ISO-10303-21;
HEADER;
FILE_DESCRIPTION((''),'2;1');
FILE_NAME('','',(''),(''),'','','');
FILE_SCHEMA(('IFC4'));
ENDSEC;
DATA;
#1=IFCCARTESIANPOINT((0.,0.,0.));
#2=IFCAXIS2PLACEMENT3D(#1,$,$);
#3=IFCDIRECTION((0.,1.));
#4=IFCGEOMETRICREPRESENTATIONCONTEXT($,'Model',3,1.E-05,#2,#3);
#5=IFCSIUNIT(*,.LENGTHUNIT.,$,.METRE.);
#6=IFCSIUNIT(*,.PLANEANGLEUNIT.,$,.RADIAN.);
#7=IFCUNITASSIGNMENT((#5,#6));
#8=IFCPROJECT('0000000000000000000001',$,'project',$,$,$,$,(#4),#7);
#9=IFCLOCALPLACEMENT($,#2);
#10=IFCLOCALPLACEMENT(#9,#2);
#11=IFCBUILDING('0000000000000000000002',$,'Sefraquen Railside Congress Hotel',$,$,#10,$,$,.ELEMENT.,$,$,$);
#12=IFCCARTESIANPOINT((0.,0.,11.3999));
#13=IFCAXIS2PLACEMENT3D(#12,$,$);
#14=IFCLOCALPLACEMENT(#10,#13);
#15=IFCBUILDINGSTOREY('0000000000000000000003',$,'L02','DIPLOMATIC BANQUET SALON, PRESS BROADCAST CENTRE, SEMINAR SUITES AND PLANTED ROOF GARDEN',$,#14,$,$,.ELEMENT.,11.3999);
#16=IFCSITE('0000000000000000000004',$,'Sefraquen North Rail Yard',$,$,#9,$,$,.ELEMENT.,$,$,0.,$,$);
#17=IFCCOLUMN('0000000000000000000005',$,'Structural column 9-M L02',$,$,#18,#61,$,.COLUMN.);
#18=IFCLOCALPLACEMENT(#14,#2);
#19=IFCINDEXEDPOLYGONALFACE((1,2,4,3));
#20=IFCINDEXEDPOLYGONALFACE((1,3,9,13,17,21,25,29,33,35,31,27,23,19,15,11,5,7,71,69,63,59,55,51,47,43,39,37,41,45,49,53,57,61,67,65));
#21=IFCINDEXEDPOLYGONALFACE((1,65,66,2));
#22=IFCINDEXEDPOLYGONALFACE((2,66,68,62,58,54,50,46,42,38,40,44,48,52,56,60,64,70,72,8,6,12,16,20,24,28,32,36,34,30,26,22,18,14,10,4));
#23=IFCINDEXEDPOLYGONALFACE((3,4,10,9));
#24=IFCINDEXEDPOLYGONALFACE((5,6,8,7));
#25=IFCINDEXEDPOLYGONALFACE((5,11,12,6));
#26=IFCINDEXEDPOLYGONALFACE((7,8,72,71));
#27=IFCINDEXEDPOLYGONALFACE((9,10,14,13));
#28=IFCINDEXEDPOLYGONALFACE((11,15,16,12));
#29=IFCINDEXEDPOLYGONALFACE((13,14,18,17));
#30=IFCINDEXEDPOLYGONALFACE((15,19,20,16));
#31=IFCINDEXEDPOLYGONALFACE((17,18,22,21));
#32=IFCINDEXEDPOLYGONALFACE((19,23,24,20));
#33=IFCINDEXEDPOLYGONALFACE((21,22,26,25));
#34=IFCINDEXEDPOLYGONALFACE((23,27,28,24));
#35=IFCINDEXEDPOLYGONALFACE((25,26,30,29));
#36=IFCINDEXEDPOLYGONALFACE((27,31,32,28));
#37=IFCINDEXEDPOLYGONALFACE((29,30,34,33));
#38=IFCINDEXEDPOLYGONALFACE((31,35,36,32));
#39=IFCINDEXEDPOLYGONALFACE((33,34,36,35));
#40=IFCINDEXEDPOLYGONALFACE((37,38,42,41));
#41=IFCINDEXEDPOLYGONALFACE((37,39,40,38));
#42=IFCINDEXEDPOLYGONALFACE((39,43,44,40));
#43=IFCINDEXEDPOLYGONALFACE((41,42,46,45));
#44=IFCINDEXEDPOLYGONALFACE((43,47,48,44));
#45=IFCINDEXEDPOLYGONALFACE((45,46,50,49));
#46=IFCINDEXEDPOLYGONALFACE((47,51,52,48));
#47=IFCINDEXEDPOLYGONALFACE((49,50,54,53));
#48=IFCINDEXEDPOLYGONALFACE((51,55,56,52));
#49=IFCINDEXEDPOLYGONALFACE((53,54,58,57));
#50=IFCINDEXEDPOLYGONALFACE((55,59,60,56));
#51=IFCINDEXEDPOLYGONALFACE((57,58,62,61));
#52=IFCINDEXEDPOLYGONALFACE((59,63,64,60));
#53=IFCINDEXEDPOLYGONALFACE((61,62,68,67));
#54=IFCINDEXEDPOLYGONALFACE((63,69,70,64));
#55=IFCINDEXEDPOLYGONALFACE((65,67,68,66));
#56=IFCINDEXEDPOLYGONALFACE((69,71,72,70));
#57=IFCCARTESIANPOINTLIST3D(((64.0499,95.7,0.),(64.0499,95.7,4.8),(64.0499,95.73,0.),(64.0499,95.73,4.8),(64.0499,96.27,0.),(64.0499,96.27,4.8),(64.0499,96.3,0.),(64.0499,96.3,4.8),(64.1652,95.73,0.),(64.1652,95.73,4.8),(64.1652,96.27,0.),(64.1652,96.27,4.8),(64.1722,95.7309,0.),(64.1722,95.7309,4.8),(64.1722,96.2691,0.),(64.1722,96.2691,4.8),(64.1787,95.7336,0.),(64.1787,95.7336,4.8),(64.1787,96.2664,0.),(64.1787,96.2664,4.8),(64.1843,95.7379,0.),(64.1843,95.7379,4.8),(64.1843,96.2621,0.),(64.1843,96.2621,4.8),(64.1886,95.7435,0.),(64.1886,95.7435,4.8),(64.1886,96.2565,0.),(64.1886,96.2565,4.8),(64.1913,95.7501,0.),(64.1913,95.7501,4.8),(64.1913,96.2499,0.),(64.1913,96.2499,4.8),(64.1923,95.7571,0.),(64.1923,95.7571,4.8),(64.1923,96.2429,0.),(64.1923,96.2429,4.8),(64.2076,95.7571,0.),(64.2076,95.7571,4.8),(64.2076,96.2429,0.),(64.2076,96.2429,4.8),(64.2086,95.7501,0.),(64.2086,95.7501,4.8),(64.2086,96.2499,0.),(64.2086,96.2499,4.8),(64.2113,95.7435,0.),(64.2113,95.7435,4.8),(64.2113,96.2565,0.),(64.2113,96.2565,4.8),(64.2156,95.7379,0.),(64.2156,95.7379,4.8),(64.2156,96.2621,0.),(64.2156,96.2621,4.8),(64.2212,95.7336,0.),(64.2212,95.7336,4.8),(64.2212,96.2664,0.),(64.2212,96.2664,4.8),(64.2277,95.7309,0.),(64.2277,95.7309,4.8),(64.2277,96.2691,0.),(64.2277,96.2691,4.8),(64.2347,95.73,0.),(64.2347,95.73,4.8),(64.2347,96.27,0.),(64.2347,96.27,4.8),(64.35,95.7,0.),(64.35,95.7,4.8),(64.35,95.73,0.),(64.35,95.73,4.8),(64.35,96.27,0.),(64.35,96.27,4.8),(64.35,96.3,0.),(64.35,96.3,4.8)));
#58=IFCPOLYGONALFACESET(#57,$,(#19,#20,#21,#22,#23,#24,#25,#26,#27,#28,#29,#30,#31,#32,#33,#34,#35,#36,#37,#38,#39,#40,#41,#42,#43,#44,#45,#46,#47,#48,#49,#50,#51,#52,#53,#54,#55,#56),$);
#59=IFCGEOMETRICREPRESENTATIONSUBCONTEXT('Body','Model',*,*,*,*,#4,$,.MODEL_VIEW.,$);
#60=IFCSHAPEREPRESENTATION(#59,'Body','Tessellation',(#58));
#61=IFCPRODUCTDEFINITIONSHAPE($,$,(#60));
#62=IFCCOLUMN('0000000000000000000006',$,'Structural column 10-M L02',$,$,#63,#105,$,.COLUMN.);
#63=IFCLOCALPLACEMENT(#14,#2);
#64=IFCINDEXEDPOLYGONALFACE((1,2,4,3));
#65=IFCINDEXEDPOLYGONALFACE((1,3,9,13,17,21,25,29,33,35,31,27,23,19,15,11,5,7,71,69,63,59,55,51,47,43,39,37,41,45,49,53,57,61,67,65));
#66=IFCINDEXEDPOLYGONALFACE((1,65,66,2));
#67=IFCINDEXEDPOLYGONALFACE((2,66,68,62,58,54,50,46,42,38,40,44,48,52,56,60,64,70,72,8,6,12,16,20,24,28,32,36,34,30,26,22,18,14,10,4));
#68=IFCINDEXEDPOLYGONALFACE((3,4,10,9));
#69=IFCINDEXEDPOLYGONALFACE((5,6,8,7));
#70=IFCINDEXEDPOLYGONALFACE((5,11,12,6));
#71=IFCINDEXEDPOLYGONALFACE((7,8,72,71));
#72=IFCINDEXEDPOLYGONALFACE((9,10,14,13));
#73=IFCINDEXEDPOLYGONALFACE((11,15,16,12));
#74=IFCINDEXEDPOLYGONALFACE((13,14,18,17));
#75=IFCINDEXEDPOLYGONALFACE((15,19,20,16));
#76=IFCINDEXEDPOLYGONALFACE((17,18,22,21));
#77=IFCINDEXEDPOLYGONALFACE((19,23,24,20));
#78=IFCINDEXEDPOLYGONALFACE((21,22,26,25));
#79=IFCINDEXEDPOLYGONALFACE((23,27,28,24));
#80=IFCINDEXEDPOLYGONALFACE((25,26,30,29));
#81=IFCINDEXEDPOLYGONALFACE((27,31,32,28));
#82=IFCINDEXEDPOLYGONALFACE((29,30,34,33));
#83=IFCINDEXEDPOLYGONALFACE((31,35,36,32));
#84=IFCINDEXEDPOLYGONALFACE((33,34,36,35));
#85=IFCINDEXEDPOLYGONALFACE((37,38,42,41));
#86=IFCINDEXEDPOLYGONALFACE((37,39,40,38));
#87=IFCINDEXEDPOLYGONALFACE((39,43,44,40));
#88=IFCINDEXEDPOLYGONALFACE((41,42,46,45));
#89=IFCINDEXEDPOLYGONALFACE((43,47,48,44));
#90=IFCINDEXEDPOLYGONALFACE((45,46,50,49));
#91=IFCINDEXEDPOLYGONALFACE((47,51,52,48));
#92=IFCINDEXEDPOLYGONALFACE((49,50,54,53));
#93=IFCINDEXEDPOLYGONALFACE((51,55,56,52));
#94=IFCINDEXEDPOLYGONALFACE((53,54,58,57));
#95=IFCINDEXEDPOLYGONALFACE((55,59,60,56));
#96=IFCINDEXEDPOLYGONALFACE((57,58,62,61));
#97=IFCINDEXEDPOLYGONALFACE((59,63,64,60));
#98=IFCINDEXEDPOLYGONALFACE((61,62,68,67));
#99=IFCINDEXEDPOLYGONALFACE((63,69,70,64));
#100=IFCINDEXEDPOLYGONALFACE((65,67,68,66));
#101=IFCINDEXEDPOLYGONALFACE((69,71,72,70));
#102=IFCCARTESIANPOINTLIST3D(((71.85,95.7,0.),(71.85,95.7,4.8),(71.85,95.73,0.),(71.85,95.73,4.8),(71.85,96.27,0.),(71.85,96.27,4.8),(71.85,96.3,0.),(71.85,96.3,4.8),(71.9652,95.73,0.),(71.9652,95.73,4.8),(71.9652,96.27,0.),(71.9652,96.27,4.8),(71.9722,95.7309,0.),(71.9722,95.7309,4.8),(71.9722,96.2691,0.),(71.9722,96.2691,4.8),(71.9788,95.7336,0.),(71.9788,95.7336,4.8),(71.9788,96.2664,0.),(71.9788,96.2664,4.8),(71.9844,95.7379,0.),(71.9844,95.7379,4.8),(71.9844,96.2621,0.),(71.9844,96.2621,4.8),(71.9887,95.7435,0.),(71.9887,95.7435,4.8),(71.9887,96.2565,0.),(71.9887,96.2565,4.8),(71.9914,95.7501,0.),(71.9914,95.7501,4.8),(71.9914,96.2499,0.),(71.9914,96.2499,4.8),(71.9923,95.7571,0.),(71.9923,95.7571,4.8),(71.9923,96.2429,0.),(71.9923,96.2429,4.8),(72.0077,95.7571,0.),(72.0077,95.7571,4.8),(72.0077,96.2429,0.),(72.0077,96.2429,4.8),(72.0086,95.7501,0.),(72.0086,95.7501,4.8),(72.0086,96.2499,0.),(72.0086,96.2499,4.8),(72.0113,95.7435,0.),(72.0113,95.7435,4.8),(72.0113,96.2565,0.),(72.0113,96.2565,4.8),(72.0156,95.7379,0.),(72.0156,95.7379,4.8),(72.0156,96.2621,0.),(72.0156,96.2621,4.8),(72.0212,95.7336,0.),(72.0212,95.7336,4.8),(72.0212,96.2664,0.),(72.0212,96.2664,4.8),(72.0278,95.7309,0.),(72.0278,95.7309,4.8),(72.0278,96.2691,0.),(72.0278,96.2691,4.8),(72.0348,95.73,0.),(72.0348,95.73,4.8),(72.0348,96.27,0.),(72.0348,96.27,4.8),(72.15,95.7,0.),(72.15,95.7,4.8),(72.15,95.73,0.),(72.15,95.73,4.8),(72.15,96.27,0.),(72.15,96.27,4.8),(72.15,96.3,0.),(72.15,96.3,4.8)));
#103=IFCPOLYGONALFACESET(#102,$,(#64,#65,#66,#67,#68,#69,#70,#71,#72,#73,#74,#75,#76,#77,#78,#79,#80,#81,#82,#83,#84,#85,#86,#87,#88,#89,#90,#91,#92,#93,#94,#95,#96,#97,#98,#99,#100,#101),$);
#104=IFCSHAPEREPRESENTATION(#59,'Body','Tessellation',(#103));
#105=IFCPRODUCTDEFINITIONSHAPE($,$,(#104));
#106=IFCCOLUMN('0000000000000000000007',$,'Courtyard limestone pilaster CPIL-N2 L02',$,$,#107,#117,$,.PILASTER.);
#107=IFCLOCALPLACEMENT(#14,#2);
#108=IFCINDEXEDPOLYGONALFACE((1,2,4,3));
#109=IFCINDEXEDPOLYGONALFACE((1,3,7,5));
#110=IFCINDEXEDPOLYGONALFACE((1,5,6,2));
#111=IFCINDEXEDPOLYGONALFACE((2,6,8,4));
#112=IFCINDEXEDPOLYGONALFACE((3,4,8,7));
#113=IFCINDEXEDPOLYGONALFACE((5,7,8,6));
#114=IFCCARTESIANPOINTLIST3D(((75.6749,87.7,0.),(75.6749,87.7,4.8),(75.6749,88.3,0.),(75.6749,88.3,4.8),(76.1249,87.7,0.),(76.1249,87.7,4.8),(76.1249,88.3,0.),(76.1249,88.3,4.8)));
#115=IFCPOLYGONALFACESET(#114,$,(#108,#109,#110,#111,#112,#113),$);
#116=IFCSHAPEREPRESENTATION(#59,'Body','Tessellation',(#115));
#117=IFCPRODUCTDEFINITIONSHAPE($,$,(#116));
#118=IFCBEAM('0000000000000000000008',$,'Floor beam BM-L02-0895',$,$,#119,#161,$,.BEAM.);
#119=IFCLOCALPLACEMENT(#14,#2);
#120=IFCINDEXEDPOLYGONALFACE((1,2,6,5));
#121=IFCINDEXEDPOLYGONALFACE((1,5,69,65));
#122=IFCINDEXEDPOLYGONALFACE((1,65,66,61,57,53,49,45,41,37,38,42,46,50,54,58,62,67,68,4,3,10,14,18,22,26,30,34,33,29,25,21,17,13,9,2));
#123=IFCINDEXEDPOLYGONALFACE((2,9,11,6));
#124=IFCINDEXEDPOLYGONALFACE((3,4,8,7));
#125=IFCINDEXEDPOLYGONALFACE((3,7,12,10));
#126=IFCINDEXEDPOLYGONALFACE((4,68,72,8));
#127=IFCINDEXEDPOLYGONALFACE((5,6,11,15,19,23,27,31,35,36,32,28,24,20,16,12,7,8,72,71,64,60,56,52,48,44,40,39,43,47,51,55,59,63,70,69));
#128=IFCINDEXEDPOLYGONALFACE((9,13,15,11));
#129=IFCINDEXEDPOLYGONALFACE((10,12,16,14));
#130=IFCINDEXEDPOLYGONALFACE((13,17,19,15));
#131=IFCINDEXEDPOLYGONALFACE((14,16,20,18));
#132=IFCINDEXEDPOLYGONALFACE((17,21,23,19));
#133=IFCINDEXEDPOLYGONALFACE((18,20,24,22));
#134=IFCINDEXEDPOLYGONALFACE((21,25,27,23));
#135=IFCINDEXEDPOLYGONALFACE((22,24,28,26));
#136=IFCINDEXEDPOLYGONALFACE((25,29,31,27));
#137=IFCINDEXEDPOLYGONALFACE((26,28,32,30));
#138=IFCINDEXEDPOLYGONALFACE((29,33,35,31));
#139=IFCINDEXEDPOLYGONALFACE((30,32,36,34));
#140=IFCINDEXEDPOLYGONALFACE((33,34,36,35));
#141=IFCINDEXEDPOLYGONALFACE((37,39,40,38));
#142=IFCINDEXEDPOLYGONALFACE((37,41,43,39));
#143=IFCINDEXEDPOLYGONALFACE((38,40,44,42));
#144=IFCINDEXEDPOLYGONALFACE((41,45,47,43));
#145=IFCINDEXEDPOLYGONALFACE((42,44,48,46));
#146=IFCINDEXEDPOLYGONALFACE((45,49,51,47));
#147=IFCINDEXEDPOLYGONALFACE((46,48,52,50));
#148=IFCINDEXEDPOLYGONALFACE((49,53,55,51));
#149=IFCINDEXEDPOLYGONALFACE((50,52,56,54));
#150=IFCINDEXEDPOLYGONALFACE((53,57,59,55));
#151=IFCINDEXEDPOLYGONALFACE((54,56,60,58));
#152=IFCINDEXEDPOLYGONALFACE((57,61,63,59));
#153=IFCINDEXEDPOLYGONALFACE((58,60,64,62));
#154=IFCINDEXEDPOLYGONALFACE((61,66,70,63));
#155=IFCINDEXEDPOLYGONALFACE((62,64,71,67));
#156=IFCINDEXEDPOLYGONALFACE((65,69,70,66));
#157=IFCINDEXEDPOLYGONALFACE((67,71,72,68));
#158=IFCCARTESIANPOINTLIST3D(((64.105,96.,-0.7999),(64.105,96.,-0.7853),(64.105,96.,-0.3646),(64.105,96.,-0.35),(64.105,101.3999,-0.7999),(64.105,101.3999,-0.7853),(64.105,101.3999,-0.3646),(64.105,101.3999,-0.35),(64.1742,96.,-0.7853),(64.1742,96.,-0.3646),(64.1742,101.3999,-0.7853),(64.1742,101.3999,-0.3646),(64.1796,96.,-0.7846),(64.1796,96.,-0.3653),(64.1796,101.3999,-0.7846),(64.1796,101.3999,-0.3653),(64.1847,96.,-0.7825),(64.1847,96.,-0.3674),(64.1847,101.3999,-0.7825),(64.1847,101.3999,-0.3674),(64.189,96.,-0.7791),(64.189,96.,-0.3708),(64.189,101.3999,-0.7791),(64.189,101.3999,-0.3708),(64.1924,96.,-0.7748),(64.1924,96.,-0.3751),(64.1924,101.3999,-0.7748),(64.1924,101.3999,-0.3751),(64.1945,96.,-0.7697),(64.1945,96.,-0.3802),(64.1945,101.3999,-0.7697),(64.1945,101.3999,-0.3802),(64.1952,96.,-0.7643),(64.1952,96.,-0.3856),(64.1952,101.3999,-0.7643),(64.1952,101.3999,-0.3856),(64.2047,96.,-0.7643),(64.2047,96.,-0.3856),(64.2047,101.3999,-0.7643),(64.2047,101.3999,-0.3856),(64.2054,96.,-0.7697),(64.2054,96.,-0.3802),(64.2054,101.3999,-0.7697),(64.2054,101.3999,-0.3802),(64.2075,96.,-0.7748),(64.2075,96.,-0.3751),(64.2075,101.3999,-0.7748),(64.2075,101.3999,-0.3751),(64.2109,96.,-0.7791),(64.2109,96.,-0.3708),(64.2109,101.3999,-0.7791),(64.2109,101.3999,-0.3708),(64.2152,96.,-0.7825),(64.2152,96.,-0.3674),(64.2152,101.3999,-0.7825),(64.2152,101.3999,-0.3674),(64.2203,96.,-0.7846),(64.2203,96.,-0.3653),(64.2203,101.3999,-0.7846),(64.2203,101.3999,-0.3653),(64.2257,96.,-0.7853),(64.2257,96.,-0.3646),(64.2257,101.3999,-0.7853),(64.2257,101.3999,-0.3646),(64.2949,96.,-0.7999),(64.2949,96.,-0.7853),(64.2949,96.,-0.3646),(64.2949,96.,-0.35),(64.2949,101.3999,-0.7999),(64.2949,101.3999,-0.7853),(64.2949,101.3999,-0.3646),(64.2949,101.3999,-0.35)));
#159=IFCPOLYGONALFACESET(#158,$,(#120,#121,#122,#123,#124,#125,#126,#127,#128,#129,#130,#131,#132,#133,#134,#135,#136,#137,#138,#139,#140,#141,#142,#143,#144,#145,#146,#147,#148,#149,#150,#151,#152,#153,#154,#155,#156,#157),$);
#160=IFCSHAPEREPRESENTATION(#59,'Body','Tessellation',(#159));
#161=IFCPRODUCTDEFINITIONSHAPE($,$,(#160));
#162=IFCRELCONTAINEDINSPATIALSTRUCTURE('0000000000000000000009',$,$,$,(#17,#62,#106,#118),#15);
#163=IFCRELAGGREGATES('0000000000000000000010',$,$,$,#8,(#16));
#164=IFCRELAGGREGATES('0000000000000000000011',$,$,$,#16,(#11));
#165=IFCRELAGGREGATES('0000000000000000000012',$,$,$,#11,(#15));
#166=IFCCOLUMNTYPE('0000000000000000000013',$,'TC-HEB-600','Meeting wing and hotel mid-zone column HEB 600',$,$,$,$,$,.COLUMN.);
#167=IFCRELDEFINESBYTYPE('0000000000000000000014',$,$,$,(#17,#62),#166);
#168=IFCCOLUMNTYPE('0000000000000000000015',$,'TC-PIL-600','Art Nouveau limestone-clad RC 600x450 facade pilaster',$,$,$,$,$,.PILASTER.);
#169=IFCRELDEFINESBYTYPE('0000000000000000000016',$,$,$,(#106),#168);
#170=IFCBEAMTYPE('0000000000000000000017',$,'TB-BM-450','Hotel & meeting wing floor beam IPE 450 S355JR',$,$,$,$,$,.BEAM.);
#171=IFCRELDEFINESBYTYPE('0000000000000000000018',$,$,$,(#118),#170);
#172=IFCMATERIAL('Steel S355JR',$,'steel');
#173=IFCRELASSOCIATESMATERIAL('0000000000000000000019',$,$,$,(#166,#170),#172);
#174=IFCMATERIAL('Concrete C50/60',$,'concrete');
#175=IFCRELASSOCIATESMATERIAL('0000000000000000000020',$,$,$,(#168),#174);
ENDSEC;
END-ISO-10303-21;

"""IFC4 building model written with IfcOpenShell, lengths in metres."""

from ifc_helpers import new_model, si_unit, direction, frame, origin, origin_2d, place, context, subcontext, project, spatial, rectangle, i_section, extrude, material, material_profile, profile_set, type_object, element, save


model = new_model("IFC4")

# Units and contexts
model_context = context("Model", 3, precision=1e-05, world=origin(), true_north=direction((0.0, 1.0)))
body_context = subcontext(model_context, "Body", "Model", "MODEL_VIEW")
ifc_project = project(units=[si_unit("LENGTHUNIT", "METRE"), si_unit("PLANEANGLEUNIT", "RADIAN")], contexts=[model_context])

# Site, building, storey
site_placement = place(None, origin())
site = spatial("IfcSite", under=ifc_project, at=site_placement, Name="Sefraquen North Rail Yard", CompositionType="ELEMENT", RefElevation=0.0)
building_placement = place(site_placement, origin())
building = spatial("IfcBuilding", under=site, at=building_placement, Name="Sefraquen Railside Congress Hotel", CompositionType="ELEMENT")
storey_placement = place(building_placement, frame((0.0, 0.0, 11.3999)))
storey = spatial("IfcBuildingStorey", under=building, at=storey_placement, Name="L02", Description="DIPLOMATIC BANQUET SALON, PRESS BROADCAST CENTRE, SEMINAR SUITES AND PLANTED ROOF GARDEN", CompositionType="ELEMENT", Elevation=11.3999)

# Columns
ifc_material_1 = material(Name="Steel S355JR", Category="steel")
ifc_material_profile_1 = material_profile(ifc_material_1, i_section(OverallWidth=0.3, OverallDepth=0.6001, WebThickness=0.0154, FlangeThickness=0.03, FilletRadius=0.0271, at=origin_2d()), Name="HEB 600")
ifc_profile_set_1 = profile_set([ifc_material_profile_1], Name="Steel S355JR")
column_type_1 = type_object("IfcColumnType", Name="TC-HEB-600", Description="Meeting wing and hotel mid-zone column HEB 600", PredefinedType="COLUMN", material=ifc_profile_set_1)
for number, where, z_axis, x_axis, name in (
    (1, (64.2, 96.0, 0.0), (0.0, 0.0, 1.0), (1.0, 0.0, 0.0), "Structural column 9-M L02"),
    (2, (72.0, 96.0, 0.0), (0.0, 0.0, 1.0), (1.0, 0.0, 0.0), "Structural column 10-M L02"),
):
    element("IfcColumn", number, at=place(storey_placement, frame(where, z_axis=z_axis, x_axis=x_axis)), inside=storey, type_object=column_type_1, Name=name, PredefinedType="COLUMN", context=body_context, shape_type="SweptSolid", body=[
        extrude(i_section(OverallWidth=0.3, OverallDepth=0.6001, WebThickness=0.0154, FlangeThickness=0.03, FilletRadius=0.0271, at=origin_2d()), origin(), (0.0, 0.0, 1.0), 4.8),
    ])
ifc_material_2 = material(Name="Concrete C50/60", Category="concrete")
ifc_material_profile_2 = material_profile(ifc_material_2, rectangle(XDim=0.45, YDim=0.6001, at=origin_2d()), Name="RC 600x450")
ifc_profile_set_2 = profile_set([ifc_material_profile_2], Name="Concrete C50/60")
column_type_2 = type_object("IfcColumnType", Name="TC-PIL-600", Description="Art Nouveau limestone-clad RC 600x450 facade pilaster", PredefinedType="PILASTER", material=ifc_profile_set_2)
column_placement = place(storey_placement, frame((75.8999, 88.0, 0.0), z_axis=(0.0, 0.0, 1.0), x_axis=(1.0, 0.0, 0.0)))
element("IfcColumn", 3, at=column_placement, inside=storey, type_object=column_type_2, Name="Courtyard limestone pilaster CPIL-N2 L02", PredefinedType="PILASTER", context=body_context, shape_type="SweptSolid", body=[
    extrude(rectangle(XDim=0.45, YDim=0.6001, at=origin_2d()), origin(), (0.0, 0.0, 1.0), 4.8),
])

# Beam
ifc_material_profile_3 = material_profile(ifc_material_1, i_section(OverallWidth=0.1899, OverallDepth=0.45, WebThickness=0.0095, FlangeThickness=0.0146, FilletRadius=0.021, at=origin_2d()), Name="IPE 450")
ifc_profile_set_3 = profile_set([ifc_material_profile_3], Name="Steel S355JR")
beam_type_1 = type_object("IfcBeamType", Name="TB-BM-450", Description="Hotel & meeting wing floor beam IPE 450 S355JR", PredefinedType="BEAM", material=ifc_profile_set_3)
for number, where, z_axis, x_axis, name in (
    (4, (64.2, 96.0, -0.575), (0.0, 1.0, 0.0), (-1.0, 0.0, 0.0), "Floor beam BM-L02-0895"),
):
    element("IfcBeam", number, at=place(storey_placement, frame(where, z_axis=z_axis, x_axis=x_axis)), inside=storey, type_object=beam_type_1, Name=name, PredefinedType="BEAM", context=body_context, shape_type="SweptSolid", body=[
        extrude(i_section(OverallWidth=0.1899, OverallDepth=0.45, WebThickness=0.0095, FlangeThickness=0.0146, FilletRadius=0.021, at=origin_2d()), origin(), (0.0, 0.0, 1.0), 5.3999),
    ])

save(model, "model.ifc")
